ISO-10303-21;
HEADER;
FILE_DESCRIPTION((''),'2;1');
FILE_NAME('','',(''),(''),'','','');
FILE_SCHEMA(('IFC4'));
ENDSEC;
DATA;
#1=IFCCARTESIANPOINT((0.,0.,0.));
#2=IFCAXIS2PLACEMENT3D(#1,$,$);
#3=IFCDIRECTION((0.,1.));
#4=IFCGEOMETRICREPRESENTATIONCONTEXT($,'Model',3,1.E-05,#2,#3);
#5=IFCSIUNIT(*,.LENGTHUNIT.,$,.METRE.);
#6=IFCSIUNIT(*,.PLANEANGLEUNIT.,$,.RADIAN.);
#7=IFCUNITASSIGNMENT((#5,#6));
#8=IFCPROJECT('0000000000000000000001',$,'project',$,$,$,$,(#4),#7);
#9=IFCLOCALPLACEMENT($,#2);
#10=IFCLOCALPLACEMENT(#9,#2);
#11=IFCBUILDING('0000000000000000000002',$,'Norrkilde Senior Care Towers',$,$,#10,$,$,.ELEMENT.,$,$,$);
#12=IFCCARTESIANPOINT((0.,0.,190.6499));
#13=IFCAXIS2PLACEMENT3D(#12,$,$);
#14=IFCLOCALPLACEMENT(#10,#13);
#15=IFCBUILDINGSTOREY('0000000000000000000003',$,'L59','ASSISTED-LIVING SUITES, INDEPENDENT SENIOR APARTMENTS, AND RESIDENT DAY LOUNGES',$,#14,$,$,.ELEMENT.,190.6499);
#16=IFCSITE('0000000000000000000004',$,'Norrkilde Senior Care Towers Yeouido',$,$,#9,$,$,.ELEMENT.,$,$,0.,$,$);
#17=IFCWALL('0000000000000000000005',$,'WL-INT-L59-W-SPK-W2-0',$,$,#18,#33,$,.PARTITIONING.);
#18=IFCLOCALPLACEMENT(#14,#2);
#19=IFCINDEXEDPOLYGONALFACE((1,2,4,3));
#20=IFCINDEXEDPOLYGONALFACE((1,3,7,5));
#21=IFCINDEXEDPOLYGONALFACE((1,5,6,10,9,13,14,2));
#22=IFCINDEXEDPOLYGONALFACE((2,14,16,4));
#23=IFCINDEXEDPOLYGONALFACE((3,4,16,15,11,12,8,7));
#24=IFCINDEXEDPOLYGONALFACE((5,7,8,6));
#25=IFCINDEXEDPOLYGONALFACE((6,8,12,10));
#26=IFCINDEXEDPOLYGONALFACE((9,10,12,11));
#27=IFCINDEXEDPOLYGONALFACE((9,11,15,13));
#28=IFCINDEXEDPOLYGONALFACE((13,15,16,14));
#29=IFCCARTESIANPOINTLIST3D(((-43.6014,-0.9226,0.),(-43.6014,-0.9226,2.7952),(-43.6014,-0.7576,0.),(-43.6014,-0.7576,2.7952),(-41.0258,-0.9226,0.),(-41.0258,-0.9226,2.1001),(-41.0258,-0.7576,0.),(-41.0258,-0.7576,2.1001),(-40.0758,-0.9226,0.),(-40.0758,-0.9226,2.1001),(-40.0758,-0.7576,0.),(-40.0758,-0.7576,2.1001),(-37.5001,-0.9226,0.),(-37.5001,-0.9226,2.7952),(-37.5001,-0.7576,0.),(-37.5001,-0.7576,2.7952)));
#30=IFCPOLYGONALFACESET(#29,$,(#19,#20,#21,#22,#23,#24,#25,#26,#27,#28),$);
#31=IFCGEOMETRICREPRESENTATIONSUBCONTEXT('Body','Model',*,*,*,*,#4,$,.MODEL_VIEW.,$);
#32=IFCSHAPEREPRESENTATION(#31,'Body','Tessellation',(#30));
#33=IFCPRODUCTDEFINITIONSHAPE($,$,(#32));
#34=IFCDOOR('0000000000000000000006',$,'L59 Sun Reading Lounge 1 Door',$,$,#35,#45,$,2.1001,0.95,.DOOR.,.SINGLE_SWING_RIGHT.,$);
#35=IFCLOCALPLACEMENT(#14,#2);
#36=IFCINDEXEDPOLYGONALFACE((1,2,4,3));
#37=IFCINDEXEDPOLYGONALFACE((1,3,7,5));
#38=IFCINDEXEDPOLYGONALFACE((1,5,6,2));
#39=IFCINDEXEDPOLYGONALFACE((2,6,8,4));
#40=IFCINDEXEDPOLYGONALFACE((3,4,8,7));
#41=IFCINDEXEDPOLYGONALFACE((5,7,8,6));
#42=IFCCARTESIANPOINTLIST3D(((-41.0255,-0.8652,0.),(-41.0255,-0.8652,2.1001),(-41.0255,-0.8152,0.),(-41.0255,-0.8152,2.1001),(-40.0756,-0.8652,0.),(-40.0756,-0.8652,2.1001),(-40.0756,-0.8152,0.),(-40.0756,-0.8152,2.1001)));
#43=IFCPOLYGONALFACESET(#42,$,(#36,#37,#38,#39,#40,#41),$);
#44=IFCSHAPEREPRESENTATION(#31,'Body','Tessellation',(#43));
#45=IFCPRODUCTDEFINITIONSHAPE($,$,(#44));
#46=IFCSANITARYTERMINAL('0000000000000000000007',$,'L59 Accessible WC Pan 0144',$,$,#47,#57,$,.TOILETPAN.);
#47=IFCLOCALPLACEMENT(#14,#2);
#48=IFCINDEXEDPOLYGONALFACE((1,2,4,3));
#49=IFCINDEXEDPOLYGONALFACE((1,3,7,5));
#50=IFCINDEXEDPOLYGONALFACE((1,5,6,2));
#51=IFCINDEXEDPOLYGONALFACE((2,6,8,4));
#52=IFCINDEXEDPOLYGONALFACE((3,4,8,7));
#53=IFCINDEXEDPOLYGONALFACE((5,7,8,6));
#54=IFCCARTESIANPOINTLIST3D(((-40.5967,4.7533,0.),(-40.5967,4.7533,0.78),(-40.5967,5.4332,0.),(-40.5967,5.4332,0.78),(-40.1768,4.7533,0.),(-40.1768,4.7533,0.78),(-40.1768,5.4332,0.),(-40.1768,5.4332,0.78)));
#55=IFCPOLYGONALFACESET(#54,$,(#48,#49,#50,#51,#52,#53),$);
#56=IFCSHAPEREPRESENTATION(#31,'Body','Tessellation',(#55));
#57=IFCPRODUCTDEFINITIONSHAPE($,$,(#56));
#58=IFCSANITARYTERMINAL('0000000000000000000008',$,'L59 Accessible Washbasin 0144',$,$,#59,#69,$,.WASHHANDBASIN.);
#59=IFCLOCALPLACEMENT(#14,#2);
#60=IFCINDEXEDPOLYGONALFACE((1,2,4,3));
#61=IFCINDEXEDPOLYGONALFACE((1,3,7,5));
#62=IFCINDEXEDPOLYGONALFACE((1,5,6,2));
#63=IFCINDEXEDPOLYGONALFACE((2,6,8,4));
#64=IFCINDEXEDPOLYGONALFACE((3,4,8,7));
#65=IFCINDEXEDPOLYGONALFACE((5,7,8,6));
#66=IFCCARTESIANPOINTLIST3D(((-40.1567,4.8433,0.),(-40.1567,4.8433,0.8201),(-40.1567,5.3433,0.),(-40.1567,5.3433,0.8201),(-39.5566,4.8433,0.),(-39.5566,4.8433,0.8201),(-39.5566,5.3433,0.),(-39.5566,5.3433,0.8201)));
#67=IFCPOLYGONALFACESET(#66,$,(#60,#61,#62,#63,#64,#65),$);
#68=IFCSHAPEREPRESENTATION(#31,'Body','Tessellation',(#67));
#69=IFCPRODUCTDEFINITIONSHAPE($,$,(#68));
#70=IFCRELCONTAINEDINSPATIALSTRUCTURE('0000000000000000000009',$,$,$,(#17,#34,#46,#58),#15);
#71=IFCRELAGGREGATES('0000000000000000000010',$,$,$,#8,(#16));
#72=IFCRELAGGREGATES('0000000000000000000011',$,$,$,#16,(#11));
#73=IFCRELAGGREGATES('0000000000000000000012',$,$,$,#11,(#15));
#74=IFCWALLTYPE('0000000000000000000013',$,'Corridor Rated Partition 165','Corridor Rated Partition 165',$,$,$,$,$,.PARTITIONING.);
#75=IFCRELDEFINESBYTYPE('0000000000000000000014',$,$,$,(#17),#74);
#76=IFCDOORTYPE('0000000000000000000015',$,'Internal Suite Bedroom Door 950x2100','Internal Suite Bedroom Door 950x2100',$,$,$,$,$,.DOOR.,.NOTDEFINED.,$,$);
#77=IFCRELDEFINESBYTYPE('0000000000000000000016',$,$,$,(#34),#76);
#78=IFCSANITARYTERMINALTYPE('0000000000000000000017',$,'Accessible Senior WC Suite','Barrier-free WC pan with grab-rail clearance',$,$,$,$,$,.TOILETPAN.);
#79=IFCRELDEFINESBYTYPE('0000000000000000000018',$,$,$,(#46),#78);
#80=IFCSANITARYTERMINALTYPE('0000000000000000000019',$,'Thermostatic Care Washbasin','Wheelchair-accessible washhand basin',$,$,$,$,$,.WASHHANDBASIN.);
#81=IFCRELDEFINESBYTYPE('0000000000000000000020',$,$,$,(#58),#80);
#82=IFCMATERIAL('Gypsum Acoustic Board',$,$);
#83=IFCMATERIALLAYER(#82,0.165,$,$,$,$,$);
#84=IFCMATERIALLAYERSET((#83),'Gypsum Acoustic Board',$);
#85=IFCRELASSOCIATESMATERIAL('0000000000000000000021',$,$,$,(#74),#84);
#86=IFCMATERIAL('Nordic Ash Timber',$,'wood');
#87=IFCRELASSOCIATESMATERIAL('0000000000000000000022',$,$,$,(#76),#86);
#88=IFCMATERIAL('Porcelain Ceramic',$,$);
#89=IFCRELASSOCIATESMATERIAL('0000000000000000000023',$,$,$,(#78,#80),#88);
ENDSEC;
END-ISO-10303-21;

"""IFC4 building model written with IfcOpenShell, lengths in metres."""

from ifc_helpers import new_model, si_unit, direction, frame, frame_2d, origin, origin_2d, place, context, subcontext, project, spatial, rectangle, extrude, source, transform, mapped, material, layer, layer_set, type_object, type_shapes, element, fill, save


model = new_model("IFC4")

# Units and contexts
model_context = context("Model", 3, precision=1e-05, world=origin(), true_north=direction((0.0, 1.0)))
body_context = subcontext(model_context, "Body", "Model", "MODEL_VIEW")
ifc_project = project(units=[si_unit("LENGTHUNIT", "METRE"), si_unit("PLANEANGLEUNIT", "RADIAN")], contexts=[model_context])

# Site, building, storey
site_placement = place(None, origin())
site = spatial("IfcSite", under=ifc_project, at=site_placement, Name="Norrkilde Senior Care Towers Yeouido", CompositionType="ELEMENT", RefElevation=0.0)
building_placement = place(site_placement, origin())
building = spatial("IfcBuilding", under=site, at=building_placement, Name="Norrkilde Senior Care Towers", CompositionType="ELEMENT")
storey_placement = place(building_placement, frame((0.0, 0.0, 190.6499)))
storey = spatial("IfcBuildingStorey", under=building, at=storey_placement, Name="L59", Description="ASSISTED-LIVING SUITES, INDEPENDENT SENIOR APARTMENTS, AND RESIDENT DAY LOUNGES", CompositionType="ELEMENT", Elevation=190.6499)

# Shared definitions
ifc_material_1 = material(Name="Gypsum Acoustic Board")
ifc_layer_1 = layer(ifc_material_1, 0.165)
ifc_layer_set_1 = layer_set([ifc_layer_1], Name="Gypsum Acoustic Board")
wall_type = type_object("IfcWallType", Name="Corridor Rated Partition 165", Description="Corridor Rated Partition 165", PredefinedType="PARTITIONING", material=ifc_layer_set_1)
ifc_material_2 = material(Name="Nordic Ash Timber", Category="wood")

# Wall, opening, door
shared_shape_1 = source(origin(), body_context, "Body", "SweptSolid", [
    extrude(rectangle(XDim=6.1013, YDim=0.165, at=frame_2d((3.0508, 0.0))), origin(), (0.0, 0.0, 1.0), 2.7952),
])
door_type_1 = type_object("IfcDoorType", Name="Internal Suite Bedroom Door 950x2100", Description="Internal Suite Bedroom Door 950x2100", OperationType="NOTDEFINED", PredefinedType="DOOR", material=ifc_material_2)
shared_shape_2 = source(origin(), body_context, "Body", "SweptSolid", [
    extrude(rectangle(XDim=0.95, YDim=2.1001, at=frame_2d((0.4751, 1.05))), frame((0.0, 0.0249, 0.0), z_axis=(0.0, -1.0, 0.0), x_axis=(1.0, 0.0, 0.0)), (0.0, 0.0, 1.0), 0.05),
])
type_shapes(door_type_1, [shared_shape_2])
wall_1_placement = place(storey_placement, frame((-37.5, -0.8401, 0.0), z_axis=(0.0, 0.0, 1.0), x_axis=(-1.0, 0.0, 0.0)))
wall_1 = element("IfcWall", 1, at=wall_1_placement, inside=storey, type_object=wall_type, Name="WL-INT-L59-W-SPK-W2-0", PredefinedType="PARTITIONING", context=body_context, shape_type="MappedRepresentation", body=[
    mapped(shared_shape_1, transform((0.0, 0.0, 0.0), x_axis=(1.0, 0.0, 0.0), y_axis=(0.0, 1.0, 0.0), z_axis=(0.0, 0.0, 1.0), scale=1.0)),
])
opening_1_placement = place(wall_1_placement, frame((2.5757, 0.0, 0.0)))
opening_1 = element("IfcOpeningElement", 2, at=opening_1_placement, cuts=wall_1, PredefinedType="OPENING", context=body_context, shape_type="SweptSolid", body=[
    extrude(rectangle(XDim=0.95, YDim=2.1001, at=frame_2d((0.4751, 1.05))), frame((0.0, 0.0925, 0.0), z_axis=(0.0, -1.0, 0.0), x_axis=(1.0, 0.0, 0.0)), (0.0, 0.0, 1.0), 0.1851),
])
door_1_placement = place(opening_1_placement, frame((0.95, 0.0, 0.0), z_axis=(0.0, 0.0, 1.0), x_axis=(-1.0, 0.0, 0.0)))
door_1 = element("IfcDoor", 3, at=door_1_placement, inside=storey, type_object=door_type_1, Name="L59 Sun Reading Lounge 1 Door", OperationType="SINGLE_SWING_RIGHT", OverallHeight=2.1001, OverallWidth=0.95, PredefinedType="DOOR", context=body_context, shape_type="MappedRepresentation", body=[
    mapped(shared_shape_2, transform((0.0, 0.0, 0.0), x_axis=(1.0, 0.0, 0.0), y_axis=(0.0, 1.0, 0.0), z_axis=(0.0, 0.0, 1.0), scale=1.0)),
])
fill(opening_1, door_1)

# Sanitary terminals
ifc_material_3 = material(Name="Porcelain Ceramic")
sanitary_terminal_type_1 = type_object("IfcSanitaryTerminalType", Name="Accessible Senior WC Suite", Description="Barrier-free WC pan with grab-rail clearance", PredefinedType="TOILETPAN", material=ifc_material_3)
shared_shape_3 = source(origin(), body_context, "Body", "SweptSolid", [
    extrude(rectangle(XDim=0.4199, YDim=0.6799, at=origin_2d()), origin(), (0.0, 0.0, 1.0), 0.78),
])
type_shapes(sanitary_terminal_type_1, [shared_shape_3])
sanitary_terminal_1_placement = place(storey_placement, frame((-40.3867, 5.0933, 0.0), z_axis=(0.0, 0.0, 1.0), x_axis=(1.0, 0.0, 0.0)))
element("IfcSanitaryTerminal", 4, at=sanitary_terminal_1_placement, inside=storey, type_object=sanitary_terminal_type_1, Name="L59 Accessible WC Pan 0144", PredefinedType="TOILETPAN", context=body_context, shape_type="MappedRepresentation", body=[
    mapped(shared_shape_3, transform((0.0, 0.0, 0.0), x_axis=(1.0, 0.0, 0.0), y_axis=(0.0, 1.0, 0.0), z_axis=(0.0, 0.0, 1.0), scale=1.0)),
])
sanitary_terminal_type_2 = type_object("IfcSanitaryTerminalType", Name="Thermostatic Care Washbasin", Description="Wheelchair-accessible washhand basin", PredefinedType="WASHHANDBASIN", material=ifc_material_3)
shared_shape_4 = source(origin(), body_context, "Body", "SweptSolid", [
    extrude(rectangle(XDim=0.6001, YDim=0.5, at=origin_2d()), origin(), (0.0, 0.0, 1.0), 0.8201),
])
type_shapes(sanitary_terminal_type_2, [shared_shape_4])
sanitary_terminal_2_placement = place(storey_placement, frame((-39.8567, 5.0933, 0.0), z_axis=(0.0, 0.0, 1.0), x_axis=(1.0, 0.0, 0.0)))
element("IfcSanitaryTerminal", 5, at=sanitary_terminal_2_placement, inside=storey, type_object=sanitary_terminal_type_2, Name="L59 Accessible Washbasin 0144", PredefinedType="WASHHANDBASIN", context=body_context, shape_type="MappedRepresentation", body=[
    mapped(shared_shape_4, transform((0.0, 0.0, 0.0), x_axis=(1.0, 0.0, 0.0), y_axis=(0.0, 1.0, 0.0), z_axis=(0.0, 0.0, 1.0), scale=1.0)),
])

save(model, "model.ifc")
